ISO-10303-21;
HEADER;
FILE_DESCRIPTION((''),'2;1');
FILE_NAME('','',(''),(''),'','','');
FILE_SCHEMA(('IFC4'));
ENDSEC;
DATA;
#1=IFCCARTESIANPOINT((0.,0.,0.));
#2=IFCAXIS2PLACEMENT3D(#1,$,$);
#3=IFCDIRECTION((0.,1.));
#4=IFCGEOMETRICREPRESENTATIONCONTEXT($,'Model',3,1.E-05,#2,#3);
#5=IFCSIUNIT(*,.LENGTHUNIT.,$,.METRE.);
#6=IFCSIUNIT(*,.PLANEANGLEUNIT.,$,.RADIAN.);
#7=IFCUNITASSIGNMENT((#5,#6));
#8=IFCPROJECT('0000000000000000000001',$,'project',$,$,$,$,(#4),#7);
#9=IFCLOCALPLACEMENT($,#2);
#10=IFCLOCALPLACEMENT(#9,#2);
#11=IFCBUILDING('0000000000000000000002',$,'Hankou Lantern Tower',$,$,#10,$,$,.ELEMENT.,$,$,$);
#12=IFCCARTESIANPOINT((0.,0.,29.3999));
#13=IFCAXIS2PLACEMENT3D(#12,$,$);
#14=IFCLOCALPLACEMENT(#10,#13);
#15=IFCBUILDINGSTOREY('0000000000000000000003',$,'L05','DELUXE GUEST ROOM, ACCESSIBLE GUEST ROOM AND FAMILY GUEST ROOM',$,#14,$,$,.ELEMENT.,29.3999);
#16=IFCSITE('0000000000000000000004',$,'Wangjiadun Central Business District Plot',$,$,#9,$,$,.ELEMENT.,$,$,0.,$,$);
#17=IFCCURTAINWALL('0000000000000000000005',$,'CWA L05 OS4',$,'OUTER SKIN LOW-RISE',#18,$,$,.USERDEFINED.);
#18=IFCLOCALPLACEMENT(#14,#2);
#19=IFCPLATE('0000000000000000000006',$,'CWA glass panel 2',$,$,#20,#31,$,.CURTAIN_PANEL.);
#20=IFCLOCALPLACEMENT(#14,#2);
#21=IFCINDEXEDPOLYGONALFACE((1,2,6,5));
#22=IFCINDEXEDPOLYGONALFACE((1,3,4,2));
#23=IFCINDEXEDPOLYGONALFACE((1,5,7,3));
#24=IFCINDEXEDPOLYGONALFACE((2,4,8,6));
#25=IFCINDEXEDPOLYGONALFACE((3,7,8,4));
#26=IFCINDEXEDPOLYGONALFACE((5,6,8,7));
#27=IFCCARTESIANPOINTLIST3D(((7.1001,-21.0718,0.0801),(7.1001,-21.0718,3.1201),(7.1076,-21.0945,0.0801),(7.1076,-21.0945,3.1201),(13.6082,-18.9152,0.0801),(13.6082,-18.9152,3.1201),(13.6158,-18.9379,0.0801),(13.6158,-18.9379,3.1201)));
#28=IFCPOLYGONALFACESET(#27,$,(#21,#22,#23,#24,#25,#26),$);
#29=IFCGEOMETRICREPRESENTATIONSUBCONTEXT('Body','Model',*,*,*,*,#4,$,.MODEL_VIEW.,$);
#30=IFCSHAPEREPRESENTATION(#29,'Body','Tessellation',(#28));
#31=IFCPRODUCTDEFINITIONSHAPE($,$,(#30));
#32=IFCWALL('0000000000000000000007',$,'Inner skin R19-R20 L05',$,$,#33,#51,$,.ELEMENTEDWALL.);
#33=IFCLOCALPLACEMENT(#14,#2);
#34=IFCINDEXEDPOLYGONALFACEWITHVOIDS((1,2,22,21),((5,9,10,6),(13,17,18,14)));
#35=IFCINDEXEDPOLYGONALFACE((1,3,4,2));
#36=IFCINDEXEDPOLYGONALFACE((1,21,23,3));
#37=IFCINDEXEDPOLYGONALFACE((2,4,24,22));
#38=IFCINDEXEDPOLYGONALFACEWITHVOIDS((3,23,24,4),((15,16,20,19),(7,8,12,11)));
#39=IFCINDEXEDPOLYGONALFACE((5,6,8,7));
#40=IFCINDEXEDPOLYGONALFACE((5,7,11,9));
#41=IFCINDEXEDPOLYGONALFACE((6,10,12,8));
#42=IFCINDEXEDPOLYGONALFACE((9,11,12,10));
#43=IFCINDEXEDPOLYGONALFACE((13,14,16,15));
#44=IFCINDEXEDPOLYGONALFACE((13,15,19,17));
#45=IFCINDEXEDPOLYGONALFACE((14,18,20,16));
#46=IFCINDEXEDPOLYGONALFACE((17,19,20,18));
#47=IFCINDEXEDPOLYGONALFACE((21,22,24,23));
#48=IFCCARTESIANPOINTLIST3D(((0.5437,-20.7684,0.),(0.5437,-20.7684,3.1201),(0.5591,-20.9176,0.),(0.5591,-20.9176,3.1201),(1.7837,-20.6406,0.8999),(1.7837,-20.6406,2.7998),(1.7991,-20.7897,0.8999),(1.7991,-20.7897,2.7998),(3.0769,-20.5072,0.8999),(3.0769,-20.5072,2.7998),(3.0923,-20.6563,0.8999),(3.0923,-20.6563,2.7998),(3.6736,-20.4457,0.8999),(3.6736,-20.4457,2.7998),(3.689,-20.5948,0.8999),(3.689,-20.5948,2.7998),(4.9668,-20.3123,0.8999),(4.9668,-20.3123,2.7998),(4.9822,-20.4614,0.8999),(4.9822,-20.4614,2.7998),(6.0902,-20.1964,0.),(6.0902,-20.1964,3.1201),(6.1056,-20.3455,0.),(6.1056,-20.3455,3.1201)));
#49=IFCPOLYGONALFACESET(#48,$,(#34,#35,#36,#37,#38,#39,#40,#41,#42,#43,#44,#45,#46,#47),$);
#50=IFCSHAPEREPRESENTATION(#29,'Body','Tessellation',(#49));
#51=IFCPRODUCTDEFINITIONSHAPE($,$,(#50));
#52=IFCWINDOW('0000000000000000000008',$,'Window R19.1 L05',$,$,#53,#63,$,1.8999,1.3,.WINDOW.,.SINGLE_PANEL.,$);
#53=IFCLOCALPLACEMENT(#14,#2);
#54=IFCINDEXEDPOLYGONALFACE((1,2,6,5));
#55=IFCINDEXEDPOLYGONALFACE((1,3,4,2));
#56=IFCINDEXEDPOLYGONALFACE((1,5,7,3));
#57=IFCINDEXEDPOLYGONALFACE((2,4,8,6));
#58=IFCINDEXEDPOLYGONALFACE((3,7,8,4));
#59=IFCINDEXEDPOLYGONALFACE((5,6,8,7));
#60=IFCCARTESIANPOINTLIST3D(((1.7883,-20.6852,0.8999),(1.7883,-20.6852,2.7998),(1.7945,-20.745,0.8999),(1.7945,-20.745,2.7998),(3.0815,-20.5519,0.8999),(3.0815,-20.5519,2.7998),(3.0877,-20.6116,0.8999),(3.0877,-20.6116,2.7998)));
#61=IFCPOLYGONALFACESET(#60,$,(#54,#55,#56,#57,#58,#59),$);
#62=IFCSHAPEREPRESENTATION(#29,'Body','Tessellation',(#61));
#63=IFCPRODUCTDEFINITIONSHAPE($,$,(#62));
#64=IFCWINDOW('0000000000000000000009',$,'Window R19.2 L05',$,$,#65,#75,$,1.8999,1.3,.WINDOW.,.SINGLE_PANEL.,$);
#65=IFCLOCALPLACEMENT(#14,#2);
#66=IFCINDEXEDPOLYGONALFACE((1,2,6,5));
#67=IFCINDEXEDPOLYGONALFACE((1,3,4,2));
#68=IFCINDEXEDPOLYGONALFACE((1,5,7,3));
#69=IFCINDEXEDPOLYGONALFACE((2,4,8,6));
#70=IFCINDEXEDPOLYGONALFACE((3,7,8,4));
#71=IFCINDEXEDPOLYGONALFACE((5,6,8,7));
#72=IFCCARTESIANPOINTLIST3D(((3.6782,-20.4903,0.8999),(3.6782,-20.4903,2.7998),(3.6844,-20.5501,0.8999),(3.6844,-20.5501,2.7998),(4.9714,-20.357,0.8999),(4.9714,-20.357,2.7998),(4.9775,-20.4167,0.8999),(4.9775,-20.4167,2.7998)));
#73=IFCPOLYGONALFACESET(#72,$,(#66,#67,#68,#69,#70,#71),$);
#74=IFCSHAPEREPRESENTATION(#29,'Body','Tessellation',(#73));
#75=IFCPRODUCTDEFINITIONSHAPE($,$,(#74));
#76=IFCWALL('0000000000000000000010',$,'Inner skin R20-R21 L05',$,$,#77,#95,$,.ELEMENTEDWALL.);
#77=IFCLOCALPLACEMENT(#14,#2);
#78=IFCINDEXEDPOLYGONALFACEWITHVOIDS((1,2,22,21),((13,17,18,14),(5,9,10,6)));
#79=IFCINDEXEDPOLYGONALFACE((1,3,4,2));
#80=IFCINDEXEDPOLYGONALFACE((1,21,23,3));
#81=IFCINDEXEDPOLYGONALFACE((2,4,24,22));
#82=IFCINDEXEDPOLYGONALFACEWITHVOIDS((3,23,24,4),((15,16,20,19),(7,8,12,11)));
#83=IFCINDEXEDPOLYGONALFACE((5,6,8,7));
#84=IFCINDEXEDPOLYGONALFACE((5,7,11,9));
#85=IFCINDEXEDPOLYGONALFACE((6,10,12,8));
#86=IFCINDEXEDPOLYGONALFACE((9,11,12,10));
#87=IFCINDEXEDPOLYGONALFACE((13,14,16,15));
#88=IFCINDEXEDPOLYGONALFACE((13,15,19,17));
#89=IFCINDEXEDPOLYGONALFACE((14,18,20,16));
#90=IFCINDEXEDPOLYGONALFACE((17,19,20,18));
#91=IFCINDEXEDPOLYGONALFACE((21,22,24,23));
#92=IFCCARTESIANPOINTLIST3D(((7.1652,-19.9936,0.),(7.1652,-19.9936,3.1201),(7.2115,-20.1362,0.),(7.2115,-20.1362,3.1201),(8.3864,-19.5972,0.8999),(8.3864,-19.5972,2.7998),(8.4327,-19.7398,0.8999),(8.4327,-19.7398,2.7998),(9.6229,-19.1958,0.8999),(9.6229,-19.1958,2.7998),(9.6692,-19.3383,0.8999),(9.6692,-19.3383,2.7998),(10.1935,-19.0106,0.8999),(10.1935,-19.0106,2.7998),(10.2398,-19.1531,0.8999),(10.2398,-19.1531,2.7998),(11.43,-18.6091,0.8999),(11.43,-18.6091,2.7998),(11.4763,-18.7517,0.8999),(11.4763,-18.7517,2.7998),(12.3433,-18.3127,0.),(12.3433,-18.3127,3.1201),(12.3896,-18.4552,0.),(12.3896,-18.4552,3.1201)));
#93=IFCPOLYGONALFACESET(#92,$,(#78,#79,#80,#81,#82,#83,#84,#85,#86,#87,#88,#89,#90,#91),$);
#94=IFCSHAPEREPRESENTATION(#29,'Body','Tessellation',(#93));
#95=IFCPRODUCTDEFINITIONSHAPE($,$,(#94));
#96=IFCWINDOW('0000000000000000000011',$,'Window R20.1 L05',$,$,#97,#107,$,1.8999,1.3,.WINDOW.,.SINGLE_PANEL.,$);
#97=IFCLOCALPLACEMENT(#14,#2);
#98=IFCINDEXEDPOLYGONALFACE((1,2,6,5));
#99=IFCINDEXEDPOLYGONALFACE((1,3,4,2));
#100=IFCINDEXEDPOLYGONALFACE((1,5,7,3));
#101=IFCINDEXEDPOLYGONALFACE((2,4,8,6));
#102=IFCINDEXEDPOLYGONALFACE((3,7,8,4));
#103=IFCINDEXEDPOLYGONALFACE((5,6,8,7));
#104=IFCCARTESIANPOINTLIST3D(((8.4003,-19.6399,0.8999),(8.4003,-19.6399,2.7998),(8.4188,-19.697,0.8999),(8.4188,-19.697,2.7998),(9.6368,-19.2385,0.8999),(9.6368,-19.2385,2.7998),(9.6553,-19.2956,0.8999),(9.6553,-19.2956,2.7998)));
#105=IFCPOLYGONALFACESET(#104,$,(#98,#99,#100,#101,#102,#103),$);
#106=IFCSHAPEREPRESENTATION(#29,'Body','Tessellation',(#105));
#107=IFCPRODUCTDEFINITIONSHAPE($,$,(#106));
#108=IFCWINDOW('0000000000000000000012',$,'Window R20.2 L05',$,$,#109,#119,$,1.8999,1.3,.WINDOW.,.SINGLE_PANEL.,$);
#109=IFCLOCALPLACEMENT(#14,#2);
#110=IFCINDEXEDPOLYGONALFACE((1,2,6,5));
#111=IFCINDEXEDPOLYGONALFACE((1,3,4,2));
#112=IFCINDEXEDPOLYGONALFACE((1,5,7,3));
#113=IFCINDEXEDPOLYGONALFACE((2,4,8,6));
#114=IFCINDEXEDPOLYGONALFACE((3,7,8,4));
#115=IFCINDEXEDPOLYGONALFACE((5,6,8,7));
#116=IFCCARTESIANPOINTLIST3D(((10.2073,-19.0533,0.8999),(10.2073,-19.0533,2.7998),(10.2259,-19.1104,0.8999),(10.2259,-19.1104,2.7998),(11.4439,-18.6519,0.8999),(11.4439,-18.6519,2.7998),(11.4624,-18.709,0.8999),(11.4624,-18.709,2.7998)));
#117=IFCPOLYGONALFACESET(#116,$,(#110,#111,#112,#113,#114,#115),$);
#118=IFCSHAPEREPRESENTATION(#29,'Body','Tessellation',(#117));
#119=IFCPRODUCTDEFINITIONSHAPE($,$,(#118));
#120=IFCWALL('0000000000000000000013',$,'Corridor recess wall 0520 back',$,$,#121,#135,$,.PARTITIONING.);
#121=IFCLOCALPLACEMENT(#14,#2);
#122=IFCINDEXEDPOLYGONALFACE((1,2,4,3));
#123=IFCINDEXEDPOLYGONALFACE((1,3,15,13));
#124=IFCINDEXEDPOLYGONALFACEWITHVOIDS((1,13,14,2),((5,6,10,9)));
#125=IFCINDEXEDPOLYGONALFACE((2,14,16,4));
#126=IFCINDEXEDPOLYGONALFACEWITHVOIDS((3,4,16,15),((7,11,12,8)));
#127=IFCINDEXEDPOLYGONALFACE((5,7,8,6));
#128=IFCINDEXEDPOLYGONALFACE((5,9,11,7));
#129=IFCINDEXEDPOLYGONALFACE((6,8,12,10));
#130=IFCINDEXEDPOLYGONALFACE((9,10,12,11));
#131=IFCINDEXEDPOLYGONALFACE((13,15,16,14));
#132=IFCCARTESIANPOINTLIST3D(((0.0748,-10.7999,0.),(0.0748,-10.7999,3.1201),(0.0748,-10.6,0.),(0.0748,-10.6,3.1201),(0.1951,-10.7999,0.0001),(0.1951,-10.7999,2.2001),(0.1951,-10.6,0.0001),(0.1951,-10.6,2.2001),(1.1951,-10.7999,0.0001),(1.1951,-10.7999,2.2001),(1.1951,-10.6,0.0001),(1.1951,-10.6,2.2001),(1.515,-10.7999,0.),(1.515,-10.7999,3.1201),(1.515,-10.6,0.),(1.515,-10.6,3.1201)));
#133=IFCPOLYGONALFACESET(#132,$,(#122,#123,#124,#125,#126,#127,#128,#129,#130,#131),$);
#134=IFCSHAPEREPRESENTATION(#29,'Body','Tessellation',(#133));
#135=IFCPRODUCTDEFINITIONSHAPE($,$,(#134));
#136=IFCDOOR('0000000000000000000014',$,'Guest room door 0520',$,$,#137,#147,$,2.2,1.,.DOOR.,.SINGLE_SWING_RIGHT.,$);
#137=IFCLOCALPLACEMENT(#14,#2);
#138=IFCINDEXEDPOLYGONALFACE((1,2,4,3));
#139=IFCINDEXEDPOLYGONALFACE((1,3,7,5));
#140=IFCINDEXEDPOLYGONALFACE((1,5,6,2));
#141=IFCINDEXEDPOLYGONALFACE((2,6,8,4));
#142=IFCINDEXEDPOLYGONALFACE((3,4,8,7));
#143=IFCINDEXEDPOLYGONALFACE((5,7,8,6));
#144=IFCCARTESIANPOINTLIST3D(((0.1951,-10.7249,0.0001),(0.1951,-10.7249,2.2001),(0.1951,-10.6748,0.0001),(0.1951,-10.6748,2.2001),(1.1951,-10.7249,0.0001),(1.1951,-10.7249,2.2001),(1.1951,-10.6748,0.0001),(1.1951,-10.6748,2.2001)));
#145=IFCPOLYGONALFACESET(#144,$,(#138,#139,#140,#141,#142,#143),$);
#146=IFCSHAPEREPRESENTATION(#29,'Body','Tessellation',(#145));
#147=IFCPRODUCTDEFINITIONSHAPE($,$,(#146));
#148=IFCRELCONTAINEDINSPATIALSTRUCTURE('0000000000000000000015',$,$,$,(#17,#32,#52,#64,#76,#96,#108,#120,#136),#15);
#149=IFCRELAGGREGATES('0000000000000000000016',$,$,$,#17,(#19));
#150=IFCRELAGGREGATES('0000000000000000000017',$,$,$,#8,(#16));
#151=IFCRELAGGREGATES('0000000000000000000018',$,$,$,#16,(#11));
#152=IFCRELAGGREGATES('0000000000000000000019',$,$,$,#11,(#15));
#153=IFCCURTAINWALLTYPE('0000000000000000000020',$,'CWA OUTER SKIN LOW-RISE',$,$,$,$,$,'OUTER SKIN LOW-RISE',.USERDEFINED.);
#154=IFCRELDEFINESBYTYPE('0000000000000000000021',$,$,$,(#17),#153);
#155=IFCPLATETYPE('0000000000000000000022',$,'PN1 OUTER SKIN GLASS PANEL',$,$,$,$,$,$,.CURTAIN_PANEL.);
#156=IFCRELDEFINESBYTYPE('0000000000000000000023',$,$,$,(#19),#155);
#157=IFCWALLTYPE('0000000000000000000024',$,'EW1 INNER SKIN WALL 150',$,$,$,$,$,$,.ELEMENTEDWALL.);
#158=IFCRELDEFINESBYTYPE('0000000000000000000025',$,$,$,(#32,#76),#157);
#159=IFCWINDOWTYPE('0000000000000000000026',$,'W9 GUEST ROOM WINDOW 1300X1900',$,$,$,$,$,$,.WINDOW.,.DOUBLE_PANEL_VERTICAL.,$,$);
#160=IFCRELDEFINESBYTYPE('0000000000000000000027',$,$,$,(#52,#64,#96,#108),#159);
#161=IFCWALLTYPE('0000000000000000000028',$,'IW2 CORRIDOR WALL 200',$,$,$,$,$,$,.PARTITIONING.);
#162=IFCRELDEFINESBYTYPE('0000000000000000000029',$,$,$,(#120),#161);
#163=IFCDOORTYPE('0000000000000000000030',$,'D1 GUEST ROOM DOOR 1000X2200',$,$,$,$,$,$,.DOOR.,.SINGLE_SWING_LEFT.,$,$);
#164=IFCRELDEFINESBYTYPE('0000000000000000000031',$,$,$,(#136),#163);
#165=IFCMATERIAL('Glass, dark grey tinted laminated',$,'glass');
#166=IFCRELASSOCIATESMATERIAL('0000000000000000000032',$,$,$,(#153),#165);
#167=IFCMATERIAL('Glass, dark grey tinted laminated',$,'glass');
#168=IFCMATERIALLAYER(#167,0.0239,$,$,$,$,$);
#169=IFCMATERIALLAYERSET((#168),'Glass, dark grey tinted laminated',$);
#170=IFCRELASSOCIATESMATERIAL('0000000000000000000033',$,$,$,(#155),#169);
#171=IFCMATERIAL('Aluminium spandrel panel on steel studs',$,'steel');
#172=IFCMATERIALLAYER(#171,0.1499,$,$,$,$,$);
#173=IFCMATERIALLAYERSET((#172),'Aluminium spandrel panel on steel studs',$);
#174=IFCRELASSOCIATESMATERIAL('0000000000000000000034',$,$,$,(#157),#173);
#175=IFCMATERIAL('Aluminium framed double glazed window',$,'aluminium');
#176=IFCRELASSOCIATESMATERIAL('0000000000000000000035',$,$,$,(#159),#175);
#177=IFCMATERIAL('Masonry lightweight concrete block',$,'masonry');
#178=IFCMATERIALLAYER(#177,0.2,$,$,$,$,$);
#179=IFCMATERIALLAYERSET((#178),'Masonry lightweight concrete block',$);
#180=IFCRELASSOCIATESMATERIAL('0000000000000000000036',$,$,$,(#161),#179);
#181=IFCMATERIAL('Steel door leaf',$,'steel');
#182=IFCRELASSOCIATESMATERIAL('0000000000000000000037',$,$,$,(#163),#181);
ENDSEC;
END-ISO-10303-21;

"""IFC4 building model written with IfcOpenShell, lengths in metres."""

from ifc_helpers import new_model, si_unit, direction, frame, frame_2d, origin, origin_2d, place, context, subcontext, project, spatial, rectangle, extrude, material, layer, layer_set, type_object, element, fill, aggregate, save


model = new_model("IFC4")

# Units and contexts
model_context = context("Model", 3, precision=1e-05, world=origin(), true_north=direction((0.0, 1.0)))
body_context = subcontext(model_context, "Body", "Model", "MODEL_VIEW")
ifc_project = project(units=[si_unit("LENGTHUNIT", "METRE"), si_unit("PLANEANGLEUNIT", "RADIAN")], contexts=[model_context])

# Site, building, storey
site_placement = place(None, origin())
site = spatial("IfcSite", under=ifc_project, at=site_placement, Name="Wangjiadun Central Business District Plot", CompositionType="ELEMENT", RefElevation=0.0)
building_placement = place(site_placement, origin())
building = spatial("IfcBuilding", under=site, at=building_placement, Name="Hankou Lantern Tower", CompositionType="ELEMENT")
storey_placement = place(building_placement, frame((0.0, 0.0, 29.3999)))
storey = spatial("IfcBuildingStorey", under=building, at=storey_placement, Name="L05", Description="DELUXE GUEST ROOM, ACCESSIBLE GUEST ROOM AND FAMILY GUEST ROOM", CompositionType="ELEMENT", Elevation=29.3999)

# Curtain wall
ifc_material_1 = material(Name="Glass, dark grey tinted laminated", Category="glass")
curtain_wall_type = type_object("IfcCurtainWallType", Name="CWA OUTER SKIN LOW-RISE", ElementType="OUTER SKIN LOW-RISE", PredefinedType="USERDEFINED", material=ifc_material_1)
curtain_wall_placement = place(storey_placement, origin())
curtain_wall = element("IfcCurtainWall", 1, at=curtain_wall_placement, inside=storey, type_object=curtain_wall_type, Name="CWA L05 OS4", ObjectType="OUTER SKIN LOW-RISE", PredefinedType="USERDEFINED")

# Plate
ifc_material_2 = material(Name="Glass, dark grey tinted laminated", Category="glass")
ifc_layer_1 = layer(ifc_material_2, 0.0239)
ifc_layer_set_1 = layer_set([ifc_layer_1], Name="Glass, dark grey tinted laminated")
plate_type = type_object("IfcPlateType", Name="PN1 OUTER SKIN GLASS PANEL", PredefinedType="CURTAIN_PANEL", material=ifc_layer_set_1)
plate_1_placement = place(storey_placement, frame((10.3579, -20.0049, 0.0801), z_axis=(0.0, 0.0, 1.0), x_axis=(0.949241, 0.314551, 0.0)))
plate_1 = element("IfcPlate", 2, at=plate_1_placement, type_object=plate_type, Name="CWA glass panel 2", PredefinedType="CURTAIN_PANEL", context=body_context, shape_type="SweptSolid", body=[
    extrude(rectangle(XDim=6.8562, YDim=0.0239, at=origin_2d()), origin(), (0.0, 0.0, 1.0), 3.04),
])
aggregate(curtain_wall, [plate_1])

# Walls, openings, windows
ifc_material_3 = material(Name="Aluminium spandrel panel on steel studs", Category="steel")
ifc_layer_2 = layer(ifc_material_3, 0.1499)
ifc_layer_set_2 = layer_set([ifc_layer_2], Name="Aluminium spandrel panel on steel studs")
wall_type_1 = type_object("IfcWallType", Name="EW1 INNER SKIN WALL 150", PredefinedType="ELEMENTEDWALL", material=ifc_layer_set_2)
wall_1_placement = place(storey_placement, frame((0.5513, -20.843, 0.0), z_axis=(0.0, 0.0, 1.0), x_axis=(0.994724, 0.10259, 0.0)))
wall_1 = element("IfcWall", 3, at=wall_1_placement, inside=storey, type_object=wall_type_1, Name="Inner skin R19-R20 L05", PredefinedType="ELEMENTEDWALL", context=body_context, shape_type="SweptSolid", body=[
    extrude(rectangle(XDim=5.5759, YDim=0.1499, at=frame_2d((2.7881, 0.0))), origin(), (0.0, 0.0, 1.0), 3.1201),
])
opening_1_placement = place(wall_1_placement, frame((1.2468, 0.0, 0.8999)))
opening_1 = element("IfcOpeningElement", 4, at=opening_1_placement, cuts=wall_1, PredefinedType="OPENING", context=body_context, shape_type="SweptSolid", body=[
    extrude(rectangle(XDim=1.3, YDim=1.8999, at=frame_2d((0.6499, 0.95))), frame((0.0, 0.085, 0.0), z_axis=(0.0, -1.0, 0.0), x_axis=(1.0, 0.0, 0.0)), (0.0, 0.0, 1.0), 0.1699),
])
opening_2_placement = place(wall_1_placement, frame((3.1467, 0.0, 0.8999)))
opening_2 = element("IfcOpeningElement", 5, at=opening_2_placement, cuts=wall_1, PredefinedType="OPENING", context=body_context, shape_type="SweptSolid", body=[
    extrude(rectangle(XDim=1.3, YDim=1.8999, at=frame_2d((0.6499, 0.95))), frame((0.0, 0.085, 0.0), z_axis=(0.0, -1.0, 0.0), x_axis=(1.0, 0.0, 0.0)), (0.0, 0.0, 1.0), 0.1699),
])
ifc_material_4 = material(Name="Aluminium framed double glazed window", Category="aluminium")
window_type = type_object("IfcWindowType", Name="W9 GUEST ROOM WINDOW 1300X1900", PartitioningType="DOUBLE_PANEL_VERTICAL", PredefinedType="WINDOW", material=ifc_material_4)
window_1_placement = place(opening_1_placement, origin())
window_1 = element("IfcWindow", 6, at=window_1_placement, inside=storey, type_object=window_type, Name="Window R19.1 L05", OverallHeight=1.8999, OverallWidth=1.3, PartitioningType="SINGLE_PANEL", PredefinedType="WINDOW", context=body_context, shape_type="SweptSolid", body=[
    extrude(rectangle(XDim=1.3, YDim=1.8999, at=frame_2d((0.6499, 0.95))), frame((0.0, 0.03, 0.0), z_axis=(0.0, -1.0, 0.0), x_axis=(1.0, 0.0, 0.0)), (0.0, 0.0, 1.0), 0.0601),
])
fill(opening_1, window_1)
window_2_placement = place(opening_2_placement, origin())
window_2 = element("IfcWindow", 7, at=window_2_placement, inside=storey, type_object=window_type, Name="Window R19.2 L05", OverallHeight=1.8999, OverallWidth=1.3, PartitioningType="SINGLE_PANEL", PredefinedType="WINDOW", context=body_context, shape_type="SweptSolid", body=[
    extrude(rectangle(XDim=1.3, YDim=1.8999, at=frame_2d((0.6499, 0.95))), frame((0.0, 0.03, 0.0), z_axis=(0.0, -1.0, 0.0), x_axis=(1.0, 0.0, 0.0)), (0.0, 0.0, 1.0), 0.0601),
])
fill(opening_2, window_2)
wall_2_placement = place(storey_placement, frame((7.1882, -20.0649, 0.0), z_axis=(0.0, 0.0, 1.0), x_axis=(0.951138, 0.308765, 0.0)))
wall_2 = element("IfcWall", 8, at=wall_2_placement, inside=storey, type_object=wall_type_1, Name="Inner skin R20-R21 L05", PredefinedType="ELEMENTEDWALL", context=body_context, shape_type="SweptSolid", body=[
    extrude(rectangle(XDim=5.4441, YDim=0.1499, at=frame_2d((2.7222, 0.0))), origin(), (0.0, 0.0, 1.0), 3.1201),
])
opening_3_placement = place(wall_2_placement, frame((1.2842, 0.0, 0.8999)))
opening_3 = element("IfcOpeningElement", 9, at=opening_3_placement, cuts=wall_2, PredefinedType="OPENING", context=body_context, shape_type="SweptSolid", body=[
    extrude(rectangle(XDim=1.3, YDim=1.8999, at=frame_2d((0.6499, 0.95))), frame((0.0, 0.085, 0.0), z_axis=(0.0, -1.0, 0.0), x_axis=(1.0, 0.0, 0.0)), (0.0, 0.0, 1.0), 0.1699),
])
opening_4_placement = place(wall_2_placement, frame((3.1841, 0.0, 0.8999)))
opening_4 = element("IfcOpeningElement", 10, at=opening_4_placement, cuts=wall_2, PredefinedType="OPENING", context=body_context, shape_type="SweptSolid", body=[
    extrude(rectangle(XDim=1.3, YDim=1.8999, at=frame_2d((0.6499, 0.95))), frame((0.0, 0.085, 0.0), z_axis=(0.0, -1.0, 0.0), x_axis=(1.0, 0.0, 0.0)), (0.0, 0.0, 1.0), 0.1699),
])
window_3_placement = place(opening_3_placement, origin())
window_3 = element("IfcWindow", 11, at=window_3_placement, inside=storey, type_object=window_type, Name="Window R20.1 L05", OverallHeight=1.8999, OverallWidth=1.3, PartitioningType="SINGLE_PANEL", PredefinedType="WINDOW", context=body_context, shape_type="SweptSolid", body=[
    extrude(rectangle(XDim=1.3, YDim=1.8999, at=frame_2d((0.6499, 0.95))), frame((0.0, 0.03, 0.0), z_axis=(0.0, -1.0, 0.0), x_axis=(1.0, 0.0, 0.0)), (0.0, 0.0, 1.0), 0.0601),
])
fill(opening_3, window_3)
window_4_placement = place(opening_4_placement, origin())
window_4 = element("IfcWindow", 12, at=window_4_placement, inside=storey, type_object=window_type, Name="Window R20.2 L05", OverallHeight=1.8999, OverallWidth=1.3, PartitioningType="SINGLE_PANEL", PredefinedType="WINDOW", context=body_context, shape_type="SweptSolid", body=[
    extrude(rectangle(XDim=1.3, YDim=1.8999, at=frame_2d((0.6499, 0.95))), frame((0.0, 0.03, 0.0), z_axis=(0.0, -1.0, 0.0), x_axis=(1.0, 0.0, 0.0)), (0.0, 0.0, 1.0), 0.0601),
])
fill(opening_4, window_4)

# Wall, opening, door
ifc_material_5 = material(Name="Masonry lightweight concrete block", Category="masonry")
ifc_layer_3 = layer(ifc_material_5, 0.2)
ifc_layer_set_3 = layer_set([ifc_layer_3], Name="Masonry lightweight concrete block")
wall_type_2 = type_object("IfcWallType", Name="IW2 CORRIDOR WALL 200", PredefinedType="PARTITIONING", material=ifc_layer_set_3)
wall_3_placement = place(storey_placement, frame((1.5151, -10.7, 0.0), z_axis=(0.0, 0.0, 1.0), x_axis=(-1.0, 0.0, 0.0)))
wall_3 = element("IfcWall", 13, at=wall_3_placement, inside=storey, type_object=wall_type_2, Name="Corridor recess wall 0520 back", PredefinedType="PARTITIONING", context=body_context, shape_type="SweptSolid", body=[
    extrude(rectangle(XDim=1.4402, YDim=0.2, at=frame_2d((0.7202, 0.0))), origin(), (0.0, 0.0, 1.0), 3.1201),
])
opening_5_placement = place(wall_3_placement, frame((0.3201, 0.0, 0.0)))
opening_5 = element("IfcOpeningElement", 14, at=opening_5_placement, cuts=wall_3, PredefinedType="OPENING", context=body_context, shape_type="SweptSolid", body=[
    extrude(rectangle(XDim=1.0, YDim=2.2, at=frame_2d((0.5, 1.1001))), frame((0.0, 0.1099, 0.0), z_axis=(0.0, -1.0, 0.0), x_axis=(1.0, 0.0, 0.0)), (0.0, 0.0, 1.0), 0.22),
])
ifc_material_6 = material(Name="Steel door leaf", Category="steel")
door_type_1 = type_object("IfcDoorType", Name="D1 GUEST ROOM DOOR 1000X2200", OperationType="SINGLE_SWING_LEFT", PredefinedType="DOOR", material=ifc_material_6)
door_1_placement = place(opening_5_placement, origin())
door_1 = element("IfcDoor", 15, at=door_1_placement, inside=storey, type_object=door_type_1, Name="Guest room door 0520", OperationType="SINGLE_SWING_RIGHT", OverallHeight=2.2, OverallWidth=1.0, PredefinedType="DOOR", context=body_context, shape_type="SweptSolid", body=[
    extrude(rectangle(XDim=1.0, YDim=2.2, at=frame_2d((0.5, 1.1001))), frame((0.0, 0.0249, 0.0), z_axis=(0.0, -1.0, 0.0), x_axis=(1.0, 0.0, 0.0)), (0.0, 0.0, 1.0), 0.05),
])
fill(opening_5, door_1)

save(model, "model.ifc")
